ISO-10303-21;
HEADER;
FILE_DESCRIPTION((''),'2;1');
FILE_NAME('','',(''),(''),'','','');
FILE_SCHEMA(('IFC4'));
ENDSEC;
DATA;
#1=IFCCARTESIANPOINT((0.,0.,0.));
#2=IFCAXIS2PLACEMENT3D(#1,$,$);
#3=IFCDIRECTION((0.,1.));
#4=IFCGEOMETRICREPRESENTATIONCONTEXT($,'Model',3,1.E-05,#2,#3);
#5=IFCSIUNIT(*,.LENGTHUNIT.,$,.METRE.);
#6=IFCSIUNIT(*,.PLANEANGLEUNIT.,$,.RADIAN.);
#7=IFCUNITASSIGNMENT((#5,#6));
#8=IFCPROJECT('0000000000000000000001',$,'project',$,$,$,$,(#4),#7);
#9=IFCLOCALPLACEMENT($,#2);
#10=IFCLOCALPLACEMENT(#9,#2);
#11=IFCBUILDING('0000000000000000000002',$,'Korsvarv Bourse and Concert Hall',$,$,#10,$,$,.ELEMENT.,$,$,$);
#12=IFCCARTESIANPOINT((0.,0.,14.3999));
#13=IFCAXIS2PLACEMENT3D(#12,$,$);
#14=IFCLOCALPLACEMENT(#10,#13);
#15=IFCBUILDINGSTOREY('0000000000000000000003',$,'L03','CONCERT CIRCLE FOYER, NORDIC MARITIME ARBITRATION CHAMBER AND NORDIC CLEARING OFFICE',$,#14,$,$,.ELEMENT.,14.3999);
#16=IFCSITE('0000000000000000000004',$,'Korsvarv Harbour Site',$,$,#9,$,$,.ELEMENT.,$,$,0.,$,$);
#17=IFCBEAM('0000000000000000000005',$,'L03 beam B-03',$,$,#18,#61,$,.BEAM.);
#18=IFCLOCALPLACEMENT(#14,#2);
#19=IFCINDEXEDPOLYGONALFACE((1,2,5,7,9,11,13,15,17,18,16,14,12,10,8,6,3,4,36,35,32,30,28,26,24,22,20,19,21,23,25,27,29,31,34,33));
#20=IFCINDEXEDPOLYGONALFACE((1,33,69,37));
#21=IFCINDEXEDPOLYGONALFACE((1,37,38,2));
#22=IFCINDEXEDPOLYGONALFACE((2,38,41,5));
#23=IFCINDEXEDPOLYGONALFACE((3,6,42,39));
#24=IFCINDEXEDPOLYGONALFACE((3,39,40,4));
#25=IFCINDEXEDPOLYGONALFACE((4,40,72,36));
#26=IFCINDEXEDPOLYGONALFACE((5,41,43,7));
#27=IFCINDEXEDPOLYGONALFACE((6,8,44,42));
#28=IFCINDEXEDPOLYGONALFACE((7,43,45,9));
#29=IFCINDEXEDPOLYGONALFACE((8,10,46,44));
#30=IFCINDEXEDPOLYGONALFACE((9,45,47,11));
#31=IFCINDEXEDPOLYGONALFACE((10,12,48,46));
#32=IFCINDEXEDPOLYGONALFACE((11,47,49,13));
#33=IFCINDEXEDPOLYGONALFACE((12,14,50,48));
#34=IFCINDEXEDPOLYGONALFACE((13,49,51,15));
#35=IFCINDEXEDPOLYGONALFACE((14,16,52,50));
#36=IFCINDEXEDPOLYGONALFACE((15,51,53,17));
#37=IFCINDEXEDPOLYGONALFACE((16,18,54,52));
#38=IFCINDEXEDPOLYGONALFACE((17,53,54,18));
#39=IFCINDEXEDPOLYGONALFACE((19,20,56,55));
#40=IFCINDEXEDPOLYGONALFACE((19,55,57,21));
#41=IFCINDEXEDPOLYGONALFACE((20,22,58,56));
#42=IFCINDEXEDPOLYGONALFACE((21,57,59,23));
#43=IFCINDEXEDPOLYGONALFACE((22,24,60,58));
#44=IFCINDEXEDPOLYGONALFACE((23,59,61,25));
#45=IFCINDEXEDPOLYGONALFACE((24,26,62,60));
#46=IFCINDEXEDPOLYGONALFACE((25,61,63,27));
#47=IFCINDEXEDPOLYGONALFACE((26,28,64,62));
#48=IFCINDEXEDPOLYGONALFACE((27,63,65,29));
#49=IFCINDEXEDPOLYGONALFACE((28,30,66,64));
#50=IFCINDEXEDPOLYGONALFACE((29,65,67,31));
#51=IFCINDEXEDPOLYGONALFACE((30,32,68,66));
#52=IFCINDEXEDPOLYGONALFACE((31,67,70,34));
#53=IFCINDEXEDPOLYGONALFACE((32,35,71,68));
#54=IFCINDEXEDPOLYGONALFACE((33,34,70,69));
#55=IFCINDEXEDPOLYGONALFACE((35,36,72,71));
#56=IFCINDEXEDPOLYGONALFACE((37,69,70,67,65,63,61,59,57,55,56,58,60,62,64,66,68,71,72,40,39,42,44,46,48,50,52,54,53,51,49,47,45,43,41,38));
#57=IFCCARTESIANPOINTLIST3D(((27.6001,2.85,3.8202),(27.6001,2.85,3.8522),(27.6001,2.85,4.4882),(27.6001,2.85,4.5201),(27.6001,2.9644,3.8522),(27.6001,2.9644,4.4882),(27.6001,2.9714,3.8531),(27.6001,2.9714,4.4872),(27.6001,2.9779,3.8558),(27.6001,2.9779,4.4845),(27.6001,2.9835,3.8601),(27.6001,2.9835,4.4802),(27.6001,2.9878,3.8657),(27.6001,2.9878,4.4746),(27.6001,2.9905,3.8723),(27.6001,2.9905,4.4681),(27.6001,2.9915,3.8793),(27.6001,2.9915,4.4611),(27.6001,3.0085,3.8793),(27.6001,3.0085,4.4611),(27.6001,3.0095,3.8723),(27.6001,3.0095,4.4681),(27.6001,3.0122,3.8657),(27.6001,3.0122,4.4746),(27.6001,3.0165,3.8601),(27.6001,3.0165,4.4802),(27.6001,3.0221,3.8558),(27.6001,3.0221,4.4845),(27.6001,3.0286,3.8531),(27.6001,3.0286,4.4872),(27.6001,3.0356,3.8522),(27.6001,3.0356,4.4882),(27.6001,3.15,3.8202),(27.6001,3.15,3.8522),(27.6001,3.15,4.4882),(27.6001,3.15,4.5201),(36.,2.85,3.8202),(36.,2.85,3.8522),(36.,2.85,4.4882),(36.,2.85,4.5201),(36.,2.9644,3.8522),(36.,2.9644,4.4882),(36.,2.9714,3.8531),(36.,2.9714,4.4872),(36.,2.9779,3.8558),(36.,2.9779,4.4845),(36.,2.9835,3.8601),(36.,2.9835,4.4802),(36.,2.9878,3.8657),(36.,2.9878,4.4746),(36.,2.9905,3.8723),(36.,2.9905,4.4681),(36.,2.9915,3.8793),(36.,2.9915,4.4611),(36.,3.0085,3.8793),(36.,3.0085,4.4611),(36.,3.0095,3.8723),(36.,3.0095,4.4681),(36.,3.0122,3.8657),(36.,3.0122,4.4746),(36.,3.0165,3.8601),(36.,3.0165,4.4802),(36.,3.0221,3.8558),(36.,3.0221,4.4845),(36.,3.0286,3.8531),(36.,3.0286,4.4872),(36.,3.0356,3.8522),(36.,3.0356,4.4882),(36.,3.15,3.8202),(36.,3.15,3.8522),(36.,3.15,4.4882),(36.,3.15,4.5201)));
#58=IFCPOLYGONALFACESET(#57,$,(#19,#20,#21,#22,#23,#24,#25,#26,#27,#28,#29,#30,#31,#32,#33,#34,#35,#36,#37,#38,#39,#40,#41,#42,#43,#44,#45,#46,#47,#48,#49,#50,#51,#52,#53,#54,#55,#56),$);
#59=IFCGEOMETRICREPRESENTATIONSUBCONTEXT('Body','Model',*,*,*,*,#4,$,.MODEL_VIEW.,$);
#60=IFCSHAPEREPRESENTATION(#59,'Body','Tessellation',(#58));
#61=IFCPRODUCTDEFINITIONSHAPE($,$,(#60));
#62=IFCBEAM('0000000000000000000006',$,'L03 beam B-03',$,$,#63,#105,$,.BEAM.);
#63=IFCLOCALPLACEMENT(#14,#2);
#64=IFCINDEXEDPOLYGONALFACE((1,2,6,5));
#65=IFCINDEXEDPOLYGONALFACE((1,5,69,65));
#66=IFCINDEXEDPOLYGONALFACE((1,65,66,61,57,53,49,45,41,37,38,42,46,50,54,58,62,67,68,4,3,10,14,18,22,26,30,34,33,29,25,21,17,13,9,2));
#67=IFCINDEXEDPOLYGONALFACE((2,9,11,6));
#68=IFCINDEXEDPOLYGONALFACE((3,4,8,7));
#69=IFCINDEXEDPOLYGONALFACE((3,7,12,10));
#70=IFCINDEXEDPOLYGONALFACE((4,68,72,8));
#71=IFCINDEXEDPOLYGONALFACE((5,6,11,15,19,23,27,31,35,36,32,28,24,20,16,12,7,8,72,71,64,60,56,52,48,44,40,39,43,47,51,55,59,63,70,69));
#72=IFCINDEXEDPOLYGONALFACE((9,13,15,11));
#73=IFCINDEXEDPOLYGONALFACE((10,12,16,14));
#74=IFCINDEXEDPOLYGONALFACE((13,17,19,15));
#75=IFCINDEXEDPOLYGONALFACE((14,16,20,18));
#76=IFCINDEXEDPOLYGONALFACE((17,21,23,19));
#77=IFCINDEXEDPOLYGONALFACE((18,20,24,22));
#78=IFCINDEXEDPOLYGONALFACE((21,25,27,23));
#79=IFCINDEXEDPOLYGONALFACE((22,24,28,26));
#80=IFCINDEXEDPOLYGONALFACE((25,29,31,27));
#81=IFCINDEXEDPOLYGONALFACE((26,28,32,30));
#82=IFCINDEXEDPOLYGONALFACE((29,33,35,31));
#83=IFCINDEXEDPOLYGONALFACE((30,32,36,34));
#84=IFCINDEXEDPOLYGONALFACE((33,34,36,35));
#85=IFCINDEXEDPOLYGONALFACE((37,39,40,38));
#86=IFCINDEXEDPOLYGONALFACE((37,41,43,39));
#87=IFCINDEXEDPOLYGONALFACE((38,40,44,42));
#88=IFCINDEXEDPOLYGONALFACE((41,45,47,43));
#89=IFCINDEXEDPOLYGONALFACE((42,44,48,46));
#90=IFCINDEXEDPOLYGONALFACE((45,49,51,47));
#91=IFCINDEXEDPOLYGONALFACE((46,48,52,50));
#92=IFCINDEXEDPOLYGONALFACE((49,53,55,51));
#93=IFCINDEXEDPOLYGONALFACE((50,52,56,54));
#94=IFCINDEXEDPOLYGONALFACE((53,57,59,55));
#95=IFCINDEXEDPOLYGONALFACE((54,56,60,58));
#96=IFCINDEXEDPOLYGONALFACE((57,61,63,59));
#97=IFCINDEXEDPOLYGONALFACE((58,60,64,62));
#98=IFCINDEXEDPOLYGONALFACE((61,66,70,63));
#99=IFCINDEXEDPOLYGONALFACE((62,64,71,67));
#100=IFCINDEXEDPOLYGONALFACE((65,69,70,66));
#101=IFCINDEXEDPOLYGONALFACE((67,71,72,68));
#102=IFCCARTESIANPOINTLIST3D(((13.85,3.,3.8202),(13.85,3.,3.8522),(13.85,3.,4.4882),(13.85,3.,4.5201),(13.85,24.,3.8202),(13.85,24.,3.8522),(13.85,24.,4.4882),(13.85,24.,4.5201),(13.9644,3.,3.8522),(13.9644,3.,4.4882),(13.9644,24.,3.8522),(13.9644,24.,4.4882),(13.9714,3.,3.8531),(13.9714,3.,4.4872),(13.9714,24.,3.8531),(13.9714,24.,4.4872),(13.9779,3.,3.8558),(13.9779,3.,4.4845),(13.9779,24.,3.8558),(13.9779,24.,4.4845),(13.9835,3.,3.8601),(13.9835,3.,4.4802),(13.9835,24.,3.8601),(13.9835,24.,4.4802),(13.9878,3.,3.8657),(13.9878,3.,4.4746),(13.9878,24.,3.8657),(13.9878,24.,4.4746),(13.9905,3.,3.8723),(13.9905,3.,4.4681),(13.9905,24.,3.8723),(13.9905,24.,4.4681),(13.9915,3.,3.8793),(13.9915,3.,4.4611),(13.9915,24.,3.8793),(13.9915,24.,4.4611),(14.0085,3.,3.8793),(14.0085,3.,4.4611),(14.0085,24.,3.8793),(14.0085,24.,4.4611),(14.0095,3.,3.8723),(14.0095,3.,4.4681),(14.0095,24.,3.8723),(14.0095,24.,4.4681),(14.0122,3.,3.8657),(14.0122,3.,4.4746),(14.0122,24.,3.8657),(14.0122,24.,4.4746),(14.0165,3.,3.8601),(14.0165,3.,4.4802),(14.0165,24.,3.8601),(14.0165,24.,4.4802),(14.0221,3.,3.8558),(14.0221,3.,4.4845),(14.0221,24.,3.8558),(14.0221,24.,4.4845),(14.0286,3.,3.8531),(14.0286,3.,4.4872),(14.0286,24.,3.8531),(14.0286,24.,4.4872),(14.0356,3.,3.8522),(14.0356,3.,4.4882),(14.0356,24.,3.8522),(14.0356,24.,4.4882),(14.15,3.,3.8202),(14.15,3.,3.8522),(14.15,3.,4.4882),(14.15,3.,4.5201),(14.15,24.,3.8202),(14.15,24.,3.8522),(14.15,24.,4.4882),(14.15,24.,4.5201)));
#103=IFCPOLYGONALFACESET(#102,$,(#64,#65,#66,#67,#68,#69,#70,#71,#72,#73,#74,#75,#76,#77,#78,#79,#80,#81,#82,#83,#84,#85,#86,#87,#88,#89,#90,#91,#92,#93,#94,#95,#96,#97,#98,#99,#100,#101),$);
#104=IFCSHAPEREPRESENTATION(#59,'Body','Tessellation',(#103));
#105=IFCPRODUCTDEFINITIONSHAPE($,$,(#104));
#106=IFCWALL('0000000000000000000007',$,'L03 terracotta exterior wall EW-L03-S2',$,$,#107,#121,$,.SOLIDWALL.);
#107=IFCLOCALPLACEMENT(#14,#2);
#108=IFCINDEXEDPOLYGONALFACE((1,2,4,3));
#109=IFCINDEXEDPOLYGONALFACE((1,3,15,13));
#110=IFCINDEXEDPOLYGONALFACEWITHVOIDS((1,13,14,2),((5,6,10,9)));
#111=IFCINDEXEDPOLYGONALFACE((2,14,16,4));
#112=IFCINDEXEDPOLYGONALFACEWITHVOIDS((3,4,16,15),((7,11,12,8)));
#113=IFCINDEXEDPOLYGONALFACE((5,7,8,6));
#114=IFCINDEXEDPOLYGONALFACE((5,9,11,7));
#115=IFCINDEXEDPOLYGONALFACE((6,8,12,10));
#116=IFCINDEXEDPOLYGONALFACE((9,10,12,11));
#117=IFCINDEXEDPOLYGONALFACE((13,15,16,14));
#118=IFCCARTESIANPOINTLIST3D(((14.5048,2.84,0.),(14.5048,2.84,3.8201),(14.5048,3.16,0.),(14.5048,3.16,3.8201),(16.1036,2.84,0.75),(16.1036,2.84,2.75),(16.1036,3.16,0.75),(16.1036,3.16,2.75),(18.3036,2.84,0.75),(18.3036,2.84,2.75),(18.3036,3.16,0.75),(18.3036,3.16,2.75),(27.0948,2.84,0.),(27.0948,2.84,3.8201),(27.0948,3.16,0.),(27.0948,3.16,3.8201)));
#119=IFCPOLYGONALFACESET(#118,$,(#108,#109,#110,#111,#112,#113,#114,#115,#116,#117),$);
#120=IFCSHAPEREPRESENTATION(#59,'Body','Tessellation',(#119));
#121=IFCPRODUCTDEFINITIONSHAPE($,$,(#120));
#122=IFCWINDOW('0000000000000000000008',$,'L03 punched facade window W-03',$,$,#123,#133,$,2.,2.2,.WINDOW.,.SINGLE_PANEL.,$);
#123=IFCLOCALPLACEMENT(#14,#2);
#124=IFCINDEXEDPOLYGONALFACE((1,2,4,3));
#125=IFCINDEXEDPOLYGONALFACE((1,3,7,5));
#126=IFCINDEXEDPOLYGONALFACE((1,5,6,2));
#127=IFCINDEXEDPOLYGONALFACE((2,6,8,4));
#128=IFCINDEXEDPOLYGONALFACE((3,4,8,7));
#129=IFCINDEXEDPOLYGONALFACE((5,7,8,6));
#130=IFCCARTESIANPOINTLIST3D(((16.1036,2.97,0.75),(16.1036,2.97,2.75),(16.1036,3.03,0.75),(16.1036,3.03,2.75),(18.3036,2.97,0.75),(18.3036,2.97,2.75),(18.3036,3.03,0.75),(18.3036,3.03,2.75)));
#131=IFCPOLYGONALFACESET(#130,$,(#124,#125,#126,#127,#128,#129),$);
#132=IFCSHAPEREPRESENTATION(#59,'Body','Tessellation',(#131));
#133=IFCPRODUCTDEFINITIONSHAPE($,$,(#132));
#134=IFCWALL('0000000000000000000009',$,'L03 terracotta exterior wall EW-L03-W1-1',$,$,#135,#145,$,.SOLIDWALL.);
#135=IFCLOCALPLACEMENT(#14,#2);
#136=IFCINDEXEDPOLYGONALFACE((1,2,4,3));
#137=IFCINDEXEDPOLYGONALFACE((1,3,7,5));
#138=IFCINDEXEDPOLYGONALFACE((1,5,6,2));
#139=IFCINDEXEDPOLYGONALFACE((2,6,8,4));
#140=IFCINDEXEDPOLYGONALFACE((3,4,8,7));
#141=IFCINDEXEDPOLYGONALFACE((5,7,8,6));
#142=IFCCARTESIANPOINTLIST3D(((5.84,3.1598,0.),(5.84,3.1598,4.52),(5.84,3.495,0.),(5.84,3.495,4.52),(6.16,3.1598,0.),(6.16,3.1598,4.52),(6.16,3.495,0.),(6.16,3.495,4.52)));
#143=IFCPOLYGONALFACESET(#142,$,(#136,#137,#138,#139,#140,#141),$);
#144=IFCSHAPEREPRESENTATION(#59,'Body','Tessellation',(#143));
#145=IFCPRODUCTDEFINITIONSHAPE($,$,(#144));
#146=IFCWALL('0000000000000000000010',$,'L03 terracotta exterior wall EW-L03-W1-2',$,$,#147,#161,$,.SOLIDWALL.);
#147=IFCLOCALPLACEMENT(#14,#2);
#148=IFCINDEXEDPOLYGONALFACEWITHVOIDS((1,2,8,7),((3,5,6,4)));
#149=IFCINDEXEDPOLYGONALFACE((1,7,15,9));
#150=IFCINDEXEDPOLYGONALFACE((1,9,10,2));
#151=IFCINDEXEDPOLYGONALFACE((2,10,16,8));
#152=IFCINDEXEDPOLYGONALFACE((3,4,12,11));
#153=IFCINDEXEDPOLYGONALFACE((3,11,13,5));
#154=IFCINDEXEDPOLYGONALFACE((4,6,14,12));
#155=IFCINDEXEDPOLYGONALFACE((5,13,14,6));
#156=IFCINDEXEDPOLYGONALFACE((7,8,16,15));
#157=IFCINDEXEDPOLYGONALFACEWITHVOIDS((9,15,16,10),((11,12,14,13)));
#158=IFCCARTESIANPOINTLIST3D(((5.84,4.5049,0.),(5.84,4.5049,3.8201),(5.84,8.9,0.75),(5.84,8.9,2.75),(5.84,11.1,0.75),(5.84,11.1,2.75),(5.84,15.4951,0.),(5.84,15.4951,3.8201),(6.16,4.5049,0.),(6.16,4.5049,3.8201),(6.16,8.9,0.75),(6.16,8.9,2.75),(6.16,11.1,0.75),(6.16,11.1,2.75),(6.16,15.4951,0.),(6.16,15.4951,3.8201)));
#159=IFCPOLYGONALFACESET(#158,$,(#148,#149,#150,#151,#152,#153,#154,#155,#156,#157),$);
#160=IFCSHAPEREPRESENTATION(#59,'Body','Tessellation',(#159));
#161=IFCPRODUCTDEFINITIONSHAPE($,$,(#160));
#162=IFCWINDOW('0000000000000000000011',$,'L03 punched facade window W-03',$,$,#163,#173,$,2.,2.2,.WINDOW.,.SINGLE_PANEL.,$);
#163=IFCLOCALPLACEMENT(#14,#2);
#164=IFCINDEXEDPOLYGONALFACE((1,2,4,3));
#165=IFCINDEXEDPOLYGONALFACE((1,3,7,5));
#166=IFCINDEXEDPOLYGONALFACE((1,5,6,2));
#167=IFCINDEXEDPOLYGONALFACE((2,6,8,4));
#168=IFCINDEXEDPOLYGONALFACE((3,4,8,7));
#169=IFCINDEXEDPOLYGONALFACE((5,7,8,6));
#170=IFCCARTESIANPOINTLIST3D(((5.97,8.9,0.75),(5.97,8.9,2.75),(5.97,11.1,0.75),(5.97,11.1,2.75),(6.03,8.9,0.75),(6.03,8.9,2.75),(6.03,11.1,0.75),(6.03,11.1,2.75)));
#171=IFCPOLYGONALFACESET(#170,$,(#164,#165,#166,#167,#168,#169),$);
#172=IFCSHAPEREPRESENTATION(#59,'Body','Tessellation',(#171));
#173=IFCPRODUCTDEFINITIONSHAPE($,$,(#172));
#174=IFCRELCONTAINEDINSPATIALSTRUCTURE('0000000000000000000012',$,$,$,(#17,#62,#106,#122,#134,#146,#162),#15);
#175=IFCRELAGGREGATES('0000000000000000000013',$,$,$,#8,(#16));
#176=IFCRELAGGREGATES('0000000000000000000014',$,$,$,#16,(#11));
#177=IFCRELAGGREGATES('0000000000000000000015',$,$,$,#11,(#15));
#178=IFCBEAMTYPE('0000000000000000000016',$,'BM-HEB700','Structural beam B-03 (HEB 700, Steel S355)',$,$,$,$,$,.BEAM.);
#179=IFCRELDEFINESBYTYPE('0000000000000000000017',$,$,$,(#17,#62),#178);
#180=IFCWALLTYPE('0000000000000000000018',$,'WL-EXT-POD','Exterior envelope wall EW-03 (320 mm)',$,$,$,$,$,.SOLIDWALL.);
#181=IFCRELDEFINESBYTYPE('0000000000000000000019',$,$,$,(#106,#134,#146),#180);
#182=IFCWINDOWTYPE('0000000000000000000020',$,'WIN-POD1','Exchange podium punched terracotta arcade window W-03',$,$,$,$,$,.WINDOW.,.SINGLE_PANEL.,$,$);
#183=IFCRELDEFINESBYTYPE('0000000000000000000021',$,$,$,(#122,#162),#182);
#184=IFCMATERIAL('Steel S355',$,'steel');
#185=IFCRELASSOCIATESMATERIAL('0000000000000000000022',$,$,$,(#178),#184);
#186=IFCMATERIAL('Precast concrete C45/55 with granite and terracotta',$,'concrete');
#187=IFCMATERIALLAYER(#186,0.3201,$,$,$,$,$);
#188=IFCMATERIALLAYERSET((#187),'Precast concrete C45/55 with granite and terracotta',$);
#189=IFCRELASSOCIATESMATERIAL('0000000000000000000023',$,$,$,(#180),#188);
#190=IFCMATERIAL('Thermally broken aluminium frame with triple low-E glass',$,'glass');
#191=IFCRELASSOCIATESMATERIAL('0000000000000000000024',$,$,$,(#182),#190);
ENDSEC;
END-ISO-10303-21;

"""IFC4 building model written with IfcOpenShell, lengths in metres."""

from ifc_helpers import new_model, si_unit, direction, frame, frame_2d, origin, origin_2d, place, context, subcontext, project, spatial, rectangle, i_section, extrude, source, transform, mapped, material, layer, layer_set, material_profile, profile_set, type_object, element, fill, save


model = new_model("IFC4")

# Units and contexts
model_context = context("Model", 3, precision=1e-05, world=origin(), true_north=direction((0.0, 1.0)))
body_context = subcontext(model_context, "Body", "Model", "MODEL_VIEW")
ifc_project = project(units=[si_unit("LENGTHUNIT", "METRE"), si_unit("PLANEANGLEUNIT", "RADIAN")], contexts=[model_context])

# Site, building, storey
site_placement = place(None, origin())
site = spatial("IfcSite", under=ifc_project, at=site_placement, Name="Korsvarv Harbour Site", CompositionType="ELEMENT", RefElevation=0.0)
building_placement = place(site_placement, origin())
building = spatial("IfcBuilding", under=site, at=building_placement, Name="Korsvarv Bourse and Concert Hall", CompositionType="ELEMENT")
storey_placement = place(building_placement, frame((0.0, 0.0, 14.3999)))
storey = spatial("IfcBuildingStorey", under=building, at=storey_placement, Name="L03", Description="CONCERT CIRCLE FOYER, NORDIC MARITIME ARBITRATION CHAMBER AND NORDIC CLEARING OFFICE", CompositionType="ELEMENT", Elevation=14.3999)

# Beams
ifc_material_1 = material(Name="Steel S355", Category="steel")
ifc_material_profile_1 = material_profile(ifc_material_1, i_section(OverallWidth=0.3, OverallDepth=0.7, WebThickness=0.0171, FlangeThickness=0.032, FilletRadius=0.0271, at=origin_2d()), Name="HEB 700")
ifc_profile_set_1 = profile_set([ifc_material_profile_1], Name="Steel S355")
beam_type = type_object("IfcBeamType", Name="BM-HEB700", Description="Structural beam B-03 (HEB 700, Steel S355)", PredefinedType="BEAM", material=ifc_profile_set_1)
shared_shape_1 = source(origin(), body_context, "Body", "SweptSolid", [
    extrude(i_section(OverallWidth=0.3, OverallDepth=0.7, WebThickness=0.0171, FlangeThickness=0.032, FilletRadius=0.0271, at=origin_2d()), origin(), (0.0, 0.0, 1.0), 8.3999),
])
beam_1_placement = place(storey_placement, frame((27.6001, 3.0, 4.1702), z_axis=(1.0, 0.0, 0.0), x_axis=(0.0, 1.0, 0.0)))
element("IfcBeam", 1, at=beam_1_placement, inside=storey, type_object=beam_type, Name="L03 beam B-03", PredefinedType="BEAM", context=body_context, shape_type="MappedRepresentation", body=[
    mapped(shared_shape_1, transform((0.0, 0.0, 0.0), scale=1.0)),
])
shared_shape_2 = source(origin(), body_context, "Body", "SweptSolid", [
    extrude(i_section(OverallWidth=0.3, OverallDepth=0.7, WebThickness=0.0171, FlangeThickness=0.032, FilletRadius=0.0271, at=origin_2d()), origin(), (0.0, 0.0, 1.0), 21.0),
])
beam_2_placement = place(storey_placement, frame((14.0, 3.0, 4.1702), z_axis=(0.0, 1.0, 0.0), x_axis=(-1.0, 0.0, 0.0)))
element("IfcBeam", 2, at=beam_2_placement, inside=storey, type_object=beam_type, Name="L03 beam B-03", PredefinedType="BEAM", context=body_context, shape_type="MappedRepresentation", body=[
    mapped(shared_shape_2, transform((0.0, 0.0, 0.0), scale=1.0)),
])

# Wall, opening, window
ifc_material_2 = material(Name="Precast concrete C45/55 with granite and terracotta", Category="concrete")
ifc_layer_1 = layer(ifc_material_2, 0.3201)
ifc_layer_set_1 = layer_set([ifc_layer_1], Name="Precast concrete C45/55 with granite and terracotta")
wall_type_1 = type_object("IfcWallType", Name="WL-EXT-POD", Description="Exterior envelope wall EW-03 (320 mm)", PredefinedType="SOLIDWALL", material=ifc_layer_set_1)
wall_1_placement = place(storey_placement, frame((14.5049, 3.0, 0.0), z_axis=(0.0, 0.0, 1.0), x_axis=(1.0, 0.0, 0.0)))
wall_1 = element("IfcWall", 3, at=wall_1_placement, inside=storey, type_object=wall_type_1, Name="L03 terracotta exterior wall EW-L03-S2", PredefinedType="SOLIDWALL", context=body_context, shape_type="SweptSolid", body=[
    extrude(rectangle(XDim=12.5901, YDim=0.3201, at=frame_2d((6.2949, 0.0))), origin(), (0.0, 0.0, 1.0), 3.8201),
])
opening_1_placement = place(wall_1_placement, frame((1.5986, 0.0, 0.75)))
opening_1 = element("IfcOpeningElement", 4, at=opening_1_placement, cuts=wall_1, PredefinedType="OPENING", context=body_context, shape_type="SweptSolid", body=[
    extrude(rectangle(XDim=2.2, YDim=2.0, at=frame_2d((1.1001, 1.0))), frame((0.0, 0.1699, 0.0), z_axis=(0.0, -1.0, 0.0), x_axis=(1.0, 0.0, 0.0)), (0.0, 0.0, 1.0), 0.3401),
])
ifc_material_3 = material(Name="Thermally broken aluminium frame with triple low-E glass", Category="glass")
window_type = type_object("IfcWindowType", Name="WIN-POD1", Description="Exchange podium punched terracotta arcade window W-03", PartitioningType="SINGLE_PANEL", PredefinedType="WINDOW", material=ifc_material_3)
window_1_placement = place(opening_1_placement, origin())
window_1 = element("IfcWindow", 5, at=window_1_placement, inside=storey, type_object=window_type, Name="L03 punched facade window W-03", OverallHeight=2.0, OverallWidth=2.2, PartitioningType="SINGLE_PANEL", PredefinedType="WINDOW", context=body_context, shape_type="SweptSolid", body=[
    extrude(rectangle(XDim=2.2, YDim=2.0, at=frame_2d((1.1001, 1.0))), frame((0.0, 0.03, 0.0), z_axis=(0.0, -1.0, 0.0), x_axis=(1.0, 0.0, 0.0)), (0.0, 0.0, 1.0), 0.0601),
])
fill(opening_1, window_1)

# Wall
wall_2_placement = place(storey_placement, frame((6.0, 3.1599, 0.0), z_axis=(0.0, 0.0, 1.0), x_axis=(0.0, 1.0, 0.0)))
element("IfcWall", 6, at=wall_2_placement, inside=storey, type_object=wall_type_1, Name="L03 terracotta exterior wall EW-L03-W1-1", PredefinedType="SOLIDWALL", context=body_context, shape_type="SweptSolid", body=[
    extrude(rectangle(XDim=0.3352, YDim=0.3201, at=frame_2d((0.1675, 0.0))), origin(), (0.0, 0.0, 1.0), 4.52),
])

# Wall, opening, window
wall_3_placement = place(storey_placement, frame((6.0, 4.5049, 0.0), z_axis=(0.0, 0.0, 1.0), x_axis=(0.0, 1.0, 0.0)))
wall_3 = element("IfcWall", 7, at=wall_3_placement, inside=storey, type_object=wall_type_1, Name="L03 terracotta exterior wall EW-L03-W1-2", PredefinedType="SOLIDWALL", context=body_context, shape_type="SweptSolid", body=[
    extrude(rectangle(XDim=10.9902, YDim=0.3201, at=frame_2d((5.4951, 0.0))), origin(), (0.0, 0.0, 1.0), 3.8201),
])
opening_2_placement = place(wall_3_placement, frame((4.395, 0.0, 0.75)))
opening_2 = element("IfcOpeningElement", 8, at=opening_2_placement, cuts=wall_3, PredefinedType="OPENING", context=body_context, shape_type="SweptSolid", body=[
    extrude(rectangle(XDim=2.2, YDim=2.0, at=frame_2d((1.1001, 1.0))), frame((0.0, 0.1699, 0.0), z_axis=(0.0, -1.0, 0.0), x_axis=(1.0, 0.0, 0.0)), (0.0, 0.0, 1.0), 0.3401),
])
window_2_placement = place(opening_2_placement, origin())
window_2 = element("IfcWindow", 9, at=window_2_placement, inside=storey, type_object=window_type, Name="L03 punched facade window W-03", OverallHeight=2.0, OverallWidth=2.2, PartitioningType="SINGLE_PANEL", PredefinedType="WINDOW", context=body_context, shape_type="SweptSolid", body=[
    extrude(rectangle(XDim=2.2, YDim=2.0, at=frame_2d((1.1001, 1.0))), frame((0.0, 0.03, 0.0), z_axis=(0.0, -1.0, 0.0), x_axis=(1.0, 0.0, 0.0)), (0.0, 0.0, 1.0), 0.0601),
])
fill(opening_2, window_2)

save(model, "model.ifc")
